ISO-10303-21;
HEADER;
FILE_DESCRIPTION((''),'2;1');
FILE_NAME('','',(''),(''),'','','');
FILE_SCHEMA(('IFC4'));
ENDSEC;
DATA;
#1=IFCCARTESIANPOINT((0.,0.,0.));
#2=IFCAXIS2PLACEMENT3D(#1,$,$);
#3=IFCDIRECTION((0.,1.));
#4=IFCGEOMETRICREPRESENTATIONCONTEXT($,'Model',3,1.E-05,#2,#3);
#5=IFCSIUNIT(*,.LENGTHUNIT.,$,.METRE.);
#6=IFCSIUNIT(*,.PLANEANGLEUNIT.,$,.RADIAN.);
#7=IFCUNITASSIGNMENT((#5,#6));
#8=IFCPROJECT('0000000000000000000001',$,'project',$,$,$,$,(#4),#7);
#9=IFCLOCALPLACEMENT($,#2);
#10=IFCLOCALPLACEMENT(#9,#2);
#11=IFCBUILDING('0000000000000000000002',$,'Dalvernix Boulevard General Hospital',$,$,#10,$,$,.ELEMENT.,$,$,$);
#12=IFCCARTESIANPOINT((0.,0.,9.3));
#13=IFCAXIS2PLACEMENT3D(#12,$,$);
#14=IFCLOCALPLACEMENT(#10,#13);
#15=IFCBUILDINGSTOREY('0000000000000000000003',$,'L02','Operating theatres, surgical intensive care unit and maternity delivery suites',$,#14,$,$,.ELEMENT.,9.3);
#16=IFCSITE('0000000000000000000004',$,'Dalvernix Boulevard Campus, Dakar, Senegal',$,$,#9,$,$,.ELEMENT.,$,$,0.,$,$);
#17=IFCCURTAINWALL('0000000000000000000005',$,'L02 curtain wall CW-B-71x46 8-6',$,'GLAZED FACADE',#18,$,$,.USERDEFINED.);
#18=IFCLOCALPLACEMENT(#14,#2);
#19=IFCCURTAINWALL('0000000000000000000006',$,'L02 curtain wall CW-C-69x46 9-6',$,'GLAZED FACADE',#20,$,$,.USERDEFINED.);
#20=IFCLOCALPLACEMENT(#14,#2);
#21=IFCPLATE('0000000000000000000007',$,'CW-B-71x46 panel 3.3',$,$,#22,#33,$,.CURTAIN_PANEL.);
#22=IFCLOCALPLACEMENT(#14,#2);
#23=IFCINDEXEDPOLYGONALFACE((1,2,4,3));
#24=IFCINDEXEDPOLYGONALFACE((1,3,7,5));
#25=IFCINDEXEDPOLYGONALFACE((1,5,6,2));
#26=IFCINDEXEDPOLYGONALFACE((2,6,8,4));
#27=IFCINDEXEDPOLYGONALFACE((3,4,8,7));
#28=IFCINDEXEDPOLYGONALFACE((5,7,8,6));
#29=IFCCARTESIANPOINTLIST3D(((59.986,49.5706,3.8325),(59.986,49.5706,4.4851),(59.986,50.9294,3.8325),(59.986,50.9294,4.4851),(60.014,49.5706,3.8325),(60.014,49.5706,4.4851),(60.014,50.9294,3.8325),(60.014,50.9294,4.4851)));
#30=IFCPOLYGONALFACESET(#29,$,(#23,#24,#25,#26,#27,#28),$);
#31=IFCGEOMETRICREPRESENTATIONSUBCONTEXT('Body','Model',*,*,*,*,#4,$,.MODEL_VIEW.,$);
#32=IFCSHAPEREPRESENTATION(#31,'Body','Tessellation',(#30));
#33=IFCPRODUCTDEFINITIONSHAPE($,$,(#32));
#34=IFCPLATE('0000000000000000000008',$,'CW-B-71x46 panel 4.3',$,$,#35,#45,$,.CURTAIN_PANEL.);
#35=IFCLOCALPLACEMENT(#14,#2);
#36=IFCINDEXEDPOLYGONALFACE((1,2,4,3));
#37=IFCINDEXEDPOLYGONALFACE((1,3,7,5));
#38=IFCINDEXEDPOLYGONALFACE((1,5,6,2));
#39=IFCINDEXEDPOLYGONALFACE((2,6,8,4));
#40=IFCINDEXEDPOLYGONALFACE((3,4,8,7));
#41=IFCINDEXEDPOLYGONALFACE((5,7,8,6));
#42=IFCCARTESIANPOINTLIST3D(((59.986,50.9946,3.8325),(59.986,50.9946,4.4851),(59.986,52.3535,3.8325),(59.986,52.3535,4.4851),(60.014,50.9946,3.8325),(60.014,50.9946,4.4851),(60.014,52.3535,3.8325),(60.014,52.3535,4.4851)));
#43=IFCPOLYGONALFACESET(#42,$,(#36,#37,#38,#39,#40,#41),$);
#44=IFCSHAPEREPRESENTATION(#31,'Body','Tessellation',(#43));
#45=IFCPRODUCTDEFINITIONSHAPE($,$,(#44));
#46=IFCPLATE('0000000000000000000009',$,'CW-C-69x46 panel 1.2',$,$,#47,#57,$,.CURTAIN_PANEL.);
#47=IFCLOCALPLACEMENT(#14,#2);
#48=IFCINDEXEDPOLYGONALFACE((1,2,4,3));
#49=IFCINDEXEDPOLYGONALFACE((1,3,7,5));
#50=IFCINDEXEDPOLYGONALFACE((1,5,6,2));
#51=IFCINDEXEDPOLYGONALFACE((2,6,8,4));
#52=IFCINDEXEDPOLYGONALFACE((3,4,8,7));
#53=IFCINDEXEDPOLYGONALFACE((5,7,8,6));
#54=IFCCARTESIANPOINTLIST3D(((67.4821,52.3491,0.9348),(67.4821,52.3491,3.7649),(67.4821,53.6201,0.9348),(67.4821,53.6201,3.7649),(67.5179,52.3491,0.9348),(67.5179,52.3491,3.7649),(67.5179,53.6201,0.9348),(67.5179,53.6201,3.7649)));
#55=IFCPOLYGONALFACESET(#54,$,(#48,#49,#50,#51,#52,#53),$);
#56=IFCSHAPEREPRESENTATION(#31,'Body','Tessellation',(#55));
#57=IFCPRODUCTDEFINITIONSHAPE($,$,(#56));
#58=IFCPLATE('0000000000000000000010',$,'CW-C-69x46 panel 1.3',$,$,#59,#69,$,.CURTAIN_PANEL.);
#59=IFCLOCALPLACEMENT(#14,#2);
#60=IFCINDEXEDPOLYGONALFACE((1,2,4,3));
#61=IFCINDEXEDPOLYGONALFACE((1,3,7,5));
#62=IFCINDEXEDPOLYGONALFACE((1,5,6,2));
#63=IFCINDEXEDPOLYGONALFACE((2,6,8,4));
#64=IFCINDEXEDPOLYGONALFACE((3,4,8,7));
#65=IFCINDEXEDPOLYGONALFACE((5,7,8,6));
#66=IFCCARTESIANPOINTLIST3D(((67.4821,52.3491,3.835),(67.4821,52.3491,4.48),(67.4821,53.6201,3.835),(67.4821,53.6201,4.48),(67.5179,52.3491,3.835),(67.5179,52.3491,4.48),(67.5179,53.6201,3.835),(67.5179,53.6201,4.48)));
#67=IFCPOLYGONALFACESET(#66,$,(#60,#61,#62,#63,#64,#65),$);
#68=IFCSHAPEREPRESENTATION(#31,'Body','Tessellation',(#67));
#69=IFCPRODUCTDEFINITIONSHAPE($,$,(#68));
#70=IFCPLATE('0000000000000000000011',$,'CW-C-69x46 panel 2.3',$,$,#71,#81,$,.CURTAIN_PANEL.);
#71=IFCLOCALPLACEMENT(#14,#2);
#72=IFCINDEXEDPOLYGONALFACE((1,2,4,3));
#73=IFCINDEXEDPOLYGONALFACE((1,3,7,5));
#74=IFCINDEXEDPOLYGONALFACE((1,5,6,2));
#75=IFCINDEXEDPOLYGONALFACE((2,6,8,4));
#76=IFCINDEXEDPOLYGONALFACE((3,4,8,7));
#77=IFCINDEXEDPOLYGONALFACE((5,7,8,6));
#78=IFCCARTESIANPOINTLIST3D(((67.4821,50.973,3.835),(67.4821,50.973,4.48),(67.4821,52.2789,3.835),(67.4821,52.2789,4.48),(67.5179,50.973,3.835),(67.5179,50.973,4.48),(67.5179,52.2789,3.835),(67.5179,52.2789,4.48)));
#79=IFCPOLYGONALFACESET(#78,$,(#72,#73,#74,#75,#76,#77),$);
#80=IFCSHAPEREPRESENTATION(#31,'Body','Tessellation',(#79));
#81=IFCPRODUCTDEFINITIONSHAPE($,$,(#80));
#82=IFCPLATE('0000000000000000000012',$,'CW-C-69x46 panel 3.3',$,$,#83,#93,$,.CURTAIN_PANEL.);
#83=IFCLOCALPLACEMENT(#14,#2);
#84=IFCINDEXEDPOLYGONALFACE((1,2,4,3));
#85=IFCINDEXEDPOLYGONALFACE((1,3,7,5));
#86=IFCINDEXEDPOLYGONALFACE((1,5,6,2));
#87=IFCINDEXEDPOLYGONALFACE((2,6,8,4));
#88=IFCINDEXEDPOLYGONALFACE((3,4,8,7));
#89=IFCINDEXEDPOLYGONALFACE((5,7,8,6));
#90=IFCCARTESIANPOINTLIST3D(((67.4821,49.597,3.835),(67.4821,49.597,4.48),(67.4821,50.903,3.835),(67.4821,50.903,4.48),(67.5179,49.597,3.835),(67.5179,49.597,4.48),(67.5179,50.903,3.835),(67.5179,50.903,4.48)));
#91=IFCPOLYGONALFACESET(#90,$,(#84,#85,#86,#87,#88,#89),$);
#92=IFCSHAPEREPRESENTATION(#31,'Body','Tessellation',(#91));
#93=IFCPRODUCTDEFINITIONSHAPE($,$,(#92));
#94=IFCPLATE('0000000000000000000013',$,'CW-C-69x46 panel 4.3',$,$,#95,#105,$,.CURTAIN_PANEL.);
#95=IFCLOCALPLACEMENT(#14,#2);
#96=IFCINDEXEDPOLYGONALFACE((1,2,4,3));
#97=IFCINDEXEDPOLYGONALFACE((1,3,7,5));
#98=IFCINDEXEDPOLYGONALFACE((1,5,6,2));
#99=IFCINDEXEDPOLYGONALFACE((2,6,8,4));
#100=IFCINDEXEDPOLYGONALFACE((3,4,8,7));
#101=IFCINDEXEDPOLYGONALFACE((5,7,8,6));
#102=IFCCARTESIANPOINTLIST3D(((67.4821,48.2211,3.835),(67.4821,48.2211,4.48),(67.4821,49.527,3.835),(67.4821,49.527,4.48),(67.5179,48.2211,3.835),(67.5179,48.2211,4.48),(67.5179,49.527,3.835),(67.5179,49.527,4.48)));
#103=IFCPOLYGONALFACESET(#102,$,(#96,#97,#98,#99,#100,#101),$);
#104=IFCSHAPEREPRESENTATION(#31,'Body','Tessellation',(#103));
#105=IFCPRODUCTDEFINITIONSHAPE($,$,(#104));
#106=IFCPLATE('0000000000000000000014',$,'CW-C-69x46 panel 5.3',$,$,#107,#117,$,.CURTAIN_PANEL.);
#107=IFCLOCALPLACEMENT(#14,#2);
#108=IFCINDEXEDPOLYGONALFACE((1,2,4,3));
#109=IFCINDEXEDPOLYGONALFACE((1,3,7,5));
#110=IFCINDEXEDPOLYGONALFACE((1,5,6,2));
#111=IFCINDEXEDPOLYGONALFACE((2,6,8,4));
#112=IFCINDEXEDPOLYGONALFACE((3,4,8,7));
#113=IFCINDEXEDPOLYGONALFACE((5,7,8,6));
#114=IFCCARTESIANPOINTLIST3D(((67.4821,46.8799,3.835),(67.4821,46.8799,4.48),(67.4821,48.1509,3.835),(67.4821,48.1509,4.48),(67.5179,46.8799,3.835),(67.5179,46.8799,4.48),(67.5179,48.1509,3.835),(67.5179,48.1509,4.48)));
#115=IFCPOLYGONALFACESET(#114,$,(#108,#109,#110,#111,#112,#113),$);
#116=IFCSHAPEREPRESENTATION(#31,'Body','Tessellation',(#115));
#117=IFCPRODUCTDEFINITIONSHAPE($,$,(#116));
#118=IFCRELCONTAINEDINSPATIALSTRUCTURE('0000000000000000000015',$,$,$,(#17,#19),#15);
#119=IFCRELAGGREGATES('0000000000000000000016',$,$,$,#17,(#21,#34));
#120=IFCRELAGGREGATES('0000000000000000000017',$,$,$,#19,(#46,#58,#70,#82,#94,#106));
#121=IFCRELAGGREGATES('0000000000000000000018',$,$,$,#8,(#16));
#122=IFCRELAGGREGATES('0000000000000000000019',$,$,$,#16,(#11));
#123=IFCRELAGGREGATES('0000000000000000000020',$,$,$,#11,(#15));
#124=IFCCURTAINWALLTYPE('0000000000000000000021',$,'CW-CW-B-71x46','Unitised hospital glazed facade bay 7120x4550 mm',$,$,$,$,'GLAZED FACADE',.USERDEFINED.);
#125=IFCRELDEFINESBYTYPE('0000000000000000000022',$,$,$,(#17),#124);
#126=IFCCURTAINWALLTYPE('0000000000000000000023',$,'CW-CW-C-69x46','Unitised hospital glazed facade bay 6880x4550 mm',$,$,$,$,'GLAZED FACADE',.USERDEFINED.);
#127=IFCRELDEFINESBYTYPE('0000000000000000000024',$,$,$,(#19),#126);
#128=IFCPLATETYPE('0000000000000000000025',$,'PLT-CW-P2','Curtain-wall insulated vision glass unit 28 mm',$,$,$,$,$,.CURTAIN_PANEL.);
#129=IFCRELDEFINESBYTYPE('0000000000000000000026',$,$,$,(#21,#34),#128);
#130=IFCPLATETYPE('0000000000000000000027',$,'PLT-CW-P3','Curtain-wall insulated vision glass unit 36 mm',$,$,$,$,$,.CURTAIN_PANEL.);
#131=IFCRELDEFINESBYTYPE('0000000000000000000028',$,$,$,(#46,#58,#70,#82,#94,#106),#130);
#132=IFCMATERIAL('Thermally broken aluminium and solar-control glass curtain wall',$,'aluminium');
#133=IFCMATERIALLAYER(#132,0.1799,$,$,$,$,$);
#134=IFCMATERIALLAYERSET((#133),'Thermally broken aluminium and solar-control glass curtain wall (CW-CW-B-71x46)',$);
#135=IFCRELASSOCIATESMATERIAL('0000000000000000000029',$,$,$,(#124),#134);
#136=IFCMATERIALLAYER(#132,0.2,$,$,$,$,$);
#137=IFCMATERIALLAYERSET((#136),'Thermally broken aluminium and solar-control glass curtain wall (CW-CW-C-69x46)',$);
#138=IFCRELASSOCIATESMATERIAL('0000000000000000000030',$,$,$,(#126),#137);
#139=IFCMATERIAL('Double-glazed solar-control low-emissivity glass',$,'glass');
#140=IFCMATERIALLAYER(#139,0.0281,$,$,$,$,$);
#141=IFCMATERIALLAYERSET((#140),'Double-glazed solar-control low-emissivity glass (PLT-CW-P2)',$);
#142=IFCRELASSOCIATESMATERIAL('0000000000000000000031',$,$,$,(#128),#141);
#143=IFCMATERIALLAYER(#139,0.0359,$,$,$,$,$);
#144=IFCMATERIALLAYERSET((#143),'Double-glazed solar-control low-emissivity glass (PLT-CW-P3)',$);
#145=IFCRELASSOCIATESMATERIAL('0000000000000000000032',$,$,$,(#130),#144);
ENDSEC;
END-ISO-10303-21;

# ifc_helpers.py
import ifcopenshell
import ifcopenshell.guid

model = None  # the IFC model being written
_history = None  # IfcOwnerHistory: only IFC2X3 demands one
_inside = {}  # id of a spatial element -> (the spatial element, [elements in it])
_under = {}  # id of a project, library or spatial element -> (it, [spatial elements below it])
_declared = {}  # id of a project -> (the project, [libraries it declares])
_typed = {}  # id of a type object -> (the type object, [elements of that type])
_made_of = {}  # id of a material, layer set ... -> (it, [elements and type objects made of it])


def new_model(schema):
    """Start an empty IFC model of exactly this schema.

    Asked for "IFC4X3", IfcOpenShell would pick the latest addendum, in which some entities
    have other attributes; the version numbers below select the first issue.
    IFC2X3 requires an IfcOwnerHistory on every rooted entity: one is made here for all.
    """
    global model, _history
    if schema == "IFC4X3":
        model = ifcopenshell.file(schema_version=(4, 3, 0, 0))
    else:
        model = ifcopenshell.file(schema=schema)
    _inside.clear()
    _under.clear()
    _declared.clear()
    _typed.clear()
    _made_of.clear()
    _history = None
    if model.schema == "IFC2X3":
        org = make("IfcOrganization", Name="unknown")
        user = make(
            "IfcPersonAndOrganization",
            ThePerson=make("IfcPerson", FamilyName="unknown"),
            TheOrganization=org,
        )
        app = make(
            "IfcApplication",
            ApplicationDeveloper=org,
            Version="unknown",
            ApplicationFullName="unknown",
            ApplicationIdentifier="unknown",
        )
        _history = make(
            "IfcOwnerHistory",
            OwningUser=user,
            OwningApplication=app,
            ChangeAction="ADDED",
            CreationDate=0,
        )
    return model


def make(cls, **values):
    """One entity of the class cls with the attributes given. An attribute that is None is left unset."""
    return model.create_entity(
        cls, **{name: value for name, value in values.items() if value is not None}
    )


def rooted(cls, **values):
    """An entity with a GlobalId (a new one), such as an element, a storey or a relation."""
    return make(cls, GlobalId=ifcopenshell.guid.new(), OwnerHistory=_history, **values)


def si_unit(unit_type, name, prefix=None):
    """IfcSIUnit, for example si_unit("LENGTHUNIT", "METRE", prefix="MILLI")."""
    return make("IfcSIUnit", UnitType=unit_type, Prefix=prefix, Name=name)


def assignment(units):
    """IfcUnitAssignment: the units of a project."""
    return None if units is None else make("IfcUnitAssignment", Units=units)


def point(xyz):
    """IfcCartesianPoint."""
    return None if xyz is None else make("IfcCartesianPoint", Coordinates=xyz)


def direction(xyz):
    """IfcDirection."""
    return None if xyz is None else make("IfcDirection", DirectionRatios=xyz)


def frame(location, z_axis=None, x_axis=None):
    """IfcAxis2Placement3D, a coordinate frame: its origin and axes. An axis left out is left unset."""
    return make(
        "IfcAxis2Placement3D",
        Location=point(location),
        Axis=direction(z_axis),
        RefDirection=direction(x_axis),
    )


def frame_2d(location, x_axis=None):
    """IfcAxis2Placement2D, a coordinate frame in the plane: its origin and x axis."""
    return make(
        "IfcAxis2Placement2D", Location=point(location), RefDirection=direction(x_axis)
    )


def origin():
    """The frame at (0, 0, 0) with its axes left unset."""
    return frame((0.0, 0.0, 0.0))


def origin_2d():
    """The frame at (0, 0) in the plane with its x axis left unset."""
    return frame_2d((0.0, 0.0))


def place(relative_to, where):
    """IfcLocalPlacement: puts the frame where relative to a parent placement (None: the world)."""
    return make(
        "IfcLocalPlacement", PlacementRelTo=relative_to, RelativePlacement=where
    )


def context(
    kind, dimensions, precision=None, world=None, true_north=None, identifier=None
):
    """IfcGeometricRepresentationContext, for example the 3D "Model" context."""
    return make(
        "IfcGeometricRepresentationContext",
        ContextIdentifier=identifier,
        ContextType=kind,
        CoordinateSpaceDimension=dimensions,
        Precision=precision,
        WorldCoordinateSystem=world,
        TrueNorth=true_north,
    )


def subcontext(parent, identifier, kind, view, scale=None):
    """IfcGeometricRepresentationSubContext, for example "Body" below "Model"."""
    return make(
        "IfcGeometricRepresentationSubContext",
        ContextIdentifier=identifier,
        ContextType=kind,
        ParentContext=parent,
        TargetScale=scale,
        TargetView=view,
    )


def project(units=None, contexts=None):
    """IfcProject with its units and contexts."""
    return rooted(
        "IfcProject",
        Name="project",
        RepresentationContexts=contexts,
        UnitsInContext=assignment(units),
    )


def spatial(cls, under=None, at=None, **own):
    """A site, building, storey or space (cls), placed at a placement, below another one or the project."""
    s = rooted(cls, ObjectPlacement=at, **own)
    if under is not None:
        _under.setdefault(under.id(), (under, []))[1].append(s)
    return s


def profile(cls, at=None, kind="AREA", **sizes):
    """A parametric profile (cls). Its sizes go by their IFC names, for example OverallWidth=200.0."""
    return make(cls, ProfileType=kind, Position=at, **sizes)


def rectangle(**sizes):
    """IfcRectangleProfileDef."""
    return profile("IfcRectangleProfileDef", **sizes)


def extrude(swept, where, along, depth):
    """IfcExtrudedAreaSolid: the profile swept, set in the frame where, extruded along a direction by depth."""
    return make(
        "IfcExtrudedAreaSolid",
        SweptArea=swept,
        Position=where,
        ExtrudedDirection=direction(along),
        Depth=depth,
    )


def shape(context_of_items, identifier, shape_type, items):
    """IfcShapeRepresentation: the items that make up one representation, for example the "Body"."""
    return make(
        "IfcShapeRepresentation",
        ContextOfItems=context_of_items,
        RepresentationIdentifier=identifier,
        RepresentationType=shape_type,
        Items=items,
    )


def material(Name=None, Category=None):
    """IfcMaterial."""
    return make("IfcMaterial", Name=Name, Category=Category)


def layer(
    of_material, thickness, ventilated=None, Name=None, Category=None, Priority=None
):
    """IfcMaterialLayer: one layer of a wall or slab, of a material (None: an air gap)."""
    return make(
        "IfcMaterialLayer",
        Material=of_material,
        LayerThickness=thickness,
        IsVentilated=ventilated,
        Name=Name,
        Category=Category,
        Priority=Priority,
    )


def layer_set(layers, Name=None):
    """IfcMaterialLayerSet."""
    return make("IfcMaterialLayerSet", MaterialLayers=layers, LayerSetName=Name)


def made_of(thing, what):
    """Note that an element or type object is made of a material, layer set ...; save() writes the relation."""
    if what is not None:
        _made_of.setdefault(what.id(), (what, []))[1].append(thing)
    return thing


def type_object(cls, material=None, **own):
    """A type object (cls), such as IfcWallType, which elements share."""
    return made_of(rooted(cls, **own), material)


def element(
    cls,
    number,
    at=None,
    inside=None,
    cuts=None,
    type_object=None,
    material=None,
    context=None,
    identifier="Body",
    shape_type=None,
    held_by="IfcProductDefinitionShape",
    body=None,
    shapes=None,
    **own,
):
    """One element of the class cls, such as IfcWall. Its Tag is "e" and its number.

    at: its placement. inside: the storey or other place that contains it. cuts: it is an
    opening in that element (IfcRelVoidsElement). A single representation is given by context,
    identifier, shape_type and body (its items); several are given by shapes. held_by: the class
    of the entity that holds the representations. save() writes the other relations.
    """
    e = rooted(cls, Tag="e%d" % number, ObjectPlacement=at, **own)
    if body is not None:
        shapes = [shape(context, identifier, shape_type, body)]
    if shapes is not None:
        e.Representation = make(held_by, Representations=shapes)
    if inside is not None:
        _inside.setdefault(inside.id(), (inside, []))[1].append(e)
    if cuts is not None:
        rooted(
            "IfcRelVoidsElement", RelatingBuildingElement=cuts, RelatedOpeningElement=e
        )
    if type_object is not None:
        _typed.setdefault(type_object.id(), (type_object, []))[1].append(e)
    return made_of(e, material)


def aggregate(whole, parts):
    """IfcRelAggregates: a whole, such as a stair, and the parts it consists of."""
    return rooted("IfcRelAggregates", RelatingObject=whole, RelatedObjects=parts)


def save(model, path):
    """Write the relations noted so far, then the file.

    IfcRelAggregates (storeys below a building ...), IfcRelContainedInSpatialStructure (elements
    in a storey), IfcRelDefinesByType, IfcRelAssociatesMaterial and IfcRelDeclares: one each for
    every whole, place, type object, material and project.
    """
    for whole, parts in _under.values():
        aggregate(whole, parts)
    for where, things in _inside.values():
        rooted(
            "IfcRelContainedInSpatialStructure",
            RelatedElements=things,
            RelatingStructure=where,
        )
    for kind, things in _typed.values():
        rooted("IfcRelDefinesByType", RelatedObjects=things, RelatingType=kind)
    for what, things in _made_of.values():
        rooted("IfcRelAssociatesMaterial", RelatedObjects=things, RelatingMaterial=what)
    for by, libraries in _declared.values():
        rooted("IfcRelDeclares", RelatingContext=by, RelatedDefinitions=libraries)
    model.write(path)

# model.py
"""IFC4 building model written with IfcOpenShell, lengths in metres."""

from ifc_helpers import new_model, si_unit, direction, frame, origin, origin_2d, place, context, subcontext, project, spatial, rectangle, extrude, material, layer, layer_set, type_object, element, aggregate, save


model = new_model("IFC4")

# Units and contexts
model_context = context("Model", 3, precision=1e-05, world=origin(), true_north=direction((0.0, 1.0)))
body_context = subcontext(model_context, "Body", "Model", "MODEL_VIEW")
ifc_project = project(units=[si_unit("LENGTHUNIT", "METRE"), si_unit("PLANEANGLEUNIT", "RADIAN")], contexts=[model_context])

# Site, building, storey
site_placement = place(None, origin())
site = spatial("IfcSite", under=ifc_project, at=site_placement, Name="Dalvernix Boulevard Campus, Dakar, Senegal", CompositionType="ELEMENT", RefElevation=0.0)
building_placement = place(site_placement, origin())
building = spatial("IfcBuilding", under=site, at=building_placement, Name="Dalvernix Boulevard General Hospital", CompositionType="ELEMENT")
storey_placement = place(building_placement, frame((0.0, 0.0, 9.3)))
storey = spatial("IfcBuildingStorey", under=building, at=storey_placement, Name="L02", Description="Operating theatres, surgical intensive care unit and maternity delivery suites", CompositionType="ELEMENT", Elevation=9.3)

# Curtain walls
ifc_material_1 = material(Name="Thermally broken aluminium and solar-control glass curtain wall", Category="aluminium")
ifc_layer_1 = layer(ifc_material_1, 0.1799)
ifc_layer_set_1 = layer_set([ifc_layer_1], Name="Thermally broken aluminium and solar-control glass curtain wall (CW-CW-B-71x46)")
curtain_wall_type_1 = type_object("IfcCurtainWallType", Name="CW-CW-B-71x46", Description="Unitised hospital glazed facade bay 7120x4550 mm", ElementType="GLAZED FACADE", PredefinedType="USERDEFINED", material=ifc_layer_set_1)
curtain_wall_1_placement = place(storey_placement, origin())
curtain_wall_1 = element("IfcCurtainWall", 1, at=curtain_wall_1_placement, inside=storey, type_object=curtain_wall_type_1, Name="L02 curtain wall CW-B-71x46 8-6", ObjectType="GLAZED FACADE", PredefinedType="USERDEFINED")
ifc_layer_2 = layer(ifc_material_1, 0.2)
ifc_layer_set_2 = layer_set([ifc_layer_2], Name="Thermally broken aluminium and solar-control glass curtain wall (CW-CW-C-69x46)")
curtain_wall_type_2 = type_object("IfcCurtainWallType", Name="CW-CW-C-69x46", Description="Unitised hospital glazed facade bay 6880x4550 mm", ElementType="GLAZED FACADE", PredefinedType="USERDEFINED", material=ifc_layer_set_2)
curtain_wall_2_placement = place(storey_placement, origin())
curtain_wall_2 = element("IfcCurtainWall", 2, at=curtain_wall_2_placement, inside=storey, type_object=curtain_wall_type_2, Name="L02 curtain wall CW-C-69x46 9-6", ObjectType="GLAZED FACADE", PredefinedType="USERDEFINED")

# Plates
ifc_material_2 = material(Name="Double-glazed solar-control low-emissivity glass", Category="glass")
ifc_layer_3 = layer(ifc_material_2, 0.0281)
ifc_layer_set_3 = layer_set([ifc_layer_3], Name="Double-glazed solar-control low-emissivity glass (PLT-CW-P2)")
plate_type_1 = type_object("IfcPlateType", Name="PLT-CW-P2", Description="Curtain-wall insulated vision glass unit 28 mm", PredefinedType="CURTAIN_PANEL", material=ifc_layer_set_3)
plate_1_placement = place(storey_placement, frame((60.0, 50.25, 3.8325), z_axis=(0.0, 0.0, 1.0), x_axis=(0.0, 1.0, 0.0)))
plate_1 = element("IfcPlate", 3, at=plate_1_placement, type_object=plate_type_1, Name="CW-B-71x46 panel 3.3", PredefinedType="CURTAIN_PANEL", context=body_context, shape_type="SweptSolid", body=[
    extrude(rectangle(XDim=1.3589, YDim=0.0281, at=origin_2d()), origin(), (0.0, 0.0, 1.0), 0.6526),
])
plate_2_placement = place(storey_placement, frame((60.0, 51.6741, 3.8325), z_axis=(0.0, 0.0, 1.0), x_axis=(0.0, 1.0, 0.0)))
plate_2 = element("IfcPlate", 4, at=plate_2_placement, type_object=plate_type_1, Name="CW-B-71x46 panel 4.3", PredefinedType="CURTAIN_PANEL", context=body_context, shape_type="SweptSolid", body=[
    extrude(rectangle(XDim=1.3589, YDim=0.0281, at=origin_2d()), origin(), (0.0, 0.0, 1.0), 0.6526),
])
aggregate(curtain_wall_1, [plate_1, plate_2])
ifc_layer_4 = layer(ifc_material_2, 0.0359)
ifc_layer_set_4 = layer_set([ifc_layer_4], Name="Double-glazed solar-control low-emissivity glass (PLT-CW-P3)")
plate_type_2 = type_object("IfcPlateType", Name="PLT-CW-P3", Description="Curtain-wall insulated vision glass unit 36 mm", PredefinedType="CURTAIN_PANEL", material=ifc_layer_set_4)
plate_3_placement = place(storey_placement, frame((67.5, 52.9846, 0.9348), z_axis=(0.0, 0.0, 1.0), x_axis=(0.0, -1.0, 0.0)))
plate_3 = element("IfcPlate", 5, at=plate_3_placement, type_object=plate_type_2, Name="CW-C-69x46 panel 1.2", PredefinedType="CURTAIN_PANEL", context=body_context, shape_type="SweptSolid", body=[
    extrude(rectangle(XDim=1.271, YDim=0.0359, at=origin_2d()), origin(), (0.0, 0.0, 1.0), 2.8301),
])
plate_4_placement = place(storey_placement, frame((67.5, 52.9846, 3.835), z_axis=(0.0, 0.0, 1.0), x_axis=(0.0, -1.0, 0.0)))
plate_4 = element("IfcPlate", 6, at=plate_4_placement, type_object=plate_type_2, Name="CW-C-69x46 panel 1.3", PredefinedType="CURTAIN_PANEL", context=body_context, shape_type="SweptSolid", body=[
    extrude(rectangle(XDim=1.271, YDim=0.0359, at=origin_2d()), origin(), (0.0, 0.0, 1.0), 0.645),
])
plate_5_placement = place(storey_placement, frame((67.5, 51.626, 3.835), z_axis=(0.0, 0.0, 1.0), x_axis=(0.0, -1.0, 0.0)))
plate_5 = element("IfcPlate", 7, at=plate_5_placement, type_object=plate_type_2, Name="CW-C-69x46 panel 2.3", PredefinedType="CURTAIN_PANEL", context=body_context, shape_type="SweptSolid", body=[
    extrude(rectangle(XDim=1.3059, YDim=0.0359, at=origin_2d()), origin(), (0.0, 0.0, 1.0), 0.645),
])
plate_6_placement = place(storey_placement, frame((67.5, 50.25, 3.835), z_axis=(0.0, 0.0, 1.0), x_axis=(0.0, -1.0, 0.0)))
plate_6 = element("IfcPlate", 8, at=plate_6_placement, type_object=plate_type_2, Name="CW-C-69x46 panel 3.3", PredefinedType="CURTAIN_PANEL", context=body_context, shape_type="SweptSolid", body=[
    extrude(rectangle(XDim=1.3059, YDim=0.0359, at=origin_2d()), origin(), (0.0, 0.0, 1.0), 0.645),
])
plate_7_placement = place(storey_placement, frame((67.5, 48.874, 3.835), z_axis=(0.0, 0.0, 1.0), x_axis=(0.0, -1.0, 0.0)))
plate_7 = element("IfcPlate", 9, at=plate_7_placement, type_object=plate_type_2, Name="CW-C-69x46 panel 4.3", PredefinedType="CURTAIN_PANEL", context=body_context, shape_type="SweptSolid", body=[
    extrude(rectangle(XDim=1.3059, YDim=0.0359, at=origin_2d()), origin(), (0.0, 0.0, 1.0), 0.645),
])
plate_8_placement = place(storey_placement, frame((67.5, 47.5154, 3.835), z_axis=(0.0, 0.0, 1.0), x_axis=(0.0, -1.0, 0.0)))
plate_8 = element("IfcPlate", 10, at=plate_8_placement, type_object=plate_type_2, Name="CW-C-69x46 panel 5.3", PredefinedType="CURTAIN_PANEL", context=body_context, shape_type="SweptSolid", body=[
    extrude(rectangle(XDim=1.271, YDim=0.0359, at=origin_2d()), origin(), (0.0, 0.0, 1.0), 0.645),
])
aggregate(curtain_wall_2, [plate_3, plate_4, plate_5, plate_6, plate_7, plate_8])

save(model, "model.ifc")
